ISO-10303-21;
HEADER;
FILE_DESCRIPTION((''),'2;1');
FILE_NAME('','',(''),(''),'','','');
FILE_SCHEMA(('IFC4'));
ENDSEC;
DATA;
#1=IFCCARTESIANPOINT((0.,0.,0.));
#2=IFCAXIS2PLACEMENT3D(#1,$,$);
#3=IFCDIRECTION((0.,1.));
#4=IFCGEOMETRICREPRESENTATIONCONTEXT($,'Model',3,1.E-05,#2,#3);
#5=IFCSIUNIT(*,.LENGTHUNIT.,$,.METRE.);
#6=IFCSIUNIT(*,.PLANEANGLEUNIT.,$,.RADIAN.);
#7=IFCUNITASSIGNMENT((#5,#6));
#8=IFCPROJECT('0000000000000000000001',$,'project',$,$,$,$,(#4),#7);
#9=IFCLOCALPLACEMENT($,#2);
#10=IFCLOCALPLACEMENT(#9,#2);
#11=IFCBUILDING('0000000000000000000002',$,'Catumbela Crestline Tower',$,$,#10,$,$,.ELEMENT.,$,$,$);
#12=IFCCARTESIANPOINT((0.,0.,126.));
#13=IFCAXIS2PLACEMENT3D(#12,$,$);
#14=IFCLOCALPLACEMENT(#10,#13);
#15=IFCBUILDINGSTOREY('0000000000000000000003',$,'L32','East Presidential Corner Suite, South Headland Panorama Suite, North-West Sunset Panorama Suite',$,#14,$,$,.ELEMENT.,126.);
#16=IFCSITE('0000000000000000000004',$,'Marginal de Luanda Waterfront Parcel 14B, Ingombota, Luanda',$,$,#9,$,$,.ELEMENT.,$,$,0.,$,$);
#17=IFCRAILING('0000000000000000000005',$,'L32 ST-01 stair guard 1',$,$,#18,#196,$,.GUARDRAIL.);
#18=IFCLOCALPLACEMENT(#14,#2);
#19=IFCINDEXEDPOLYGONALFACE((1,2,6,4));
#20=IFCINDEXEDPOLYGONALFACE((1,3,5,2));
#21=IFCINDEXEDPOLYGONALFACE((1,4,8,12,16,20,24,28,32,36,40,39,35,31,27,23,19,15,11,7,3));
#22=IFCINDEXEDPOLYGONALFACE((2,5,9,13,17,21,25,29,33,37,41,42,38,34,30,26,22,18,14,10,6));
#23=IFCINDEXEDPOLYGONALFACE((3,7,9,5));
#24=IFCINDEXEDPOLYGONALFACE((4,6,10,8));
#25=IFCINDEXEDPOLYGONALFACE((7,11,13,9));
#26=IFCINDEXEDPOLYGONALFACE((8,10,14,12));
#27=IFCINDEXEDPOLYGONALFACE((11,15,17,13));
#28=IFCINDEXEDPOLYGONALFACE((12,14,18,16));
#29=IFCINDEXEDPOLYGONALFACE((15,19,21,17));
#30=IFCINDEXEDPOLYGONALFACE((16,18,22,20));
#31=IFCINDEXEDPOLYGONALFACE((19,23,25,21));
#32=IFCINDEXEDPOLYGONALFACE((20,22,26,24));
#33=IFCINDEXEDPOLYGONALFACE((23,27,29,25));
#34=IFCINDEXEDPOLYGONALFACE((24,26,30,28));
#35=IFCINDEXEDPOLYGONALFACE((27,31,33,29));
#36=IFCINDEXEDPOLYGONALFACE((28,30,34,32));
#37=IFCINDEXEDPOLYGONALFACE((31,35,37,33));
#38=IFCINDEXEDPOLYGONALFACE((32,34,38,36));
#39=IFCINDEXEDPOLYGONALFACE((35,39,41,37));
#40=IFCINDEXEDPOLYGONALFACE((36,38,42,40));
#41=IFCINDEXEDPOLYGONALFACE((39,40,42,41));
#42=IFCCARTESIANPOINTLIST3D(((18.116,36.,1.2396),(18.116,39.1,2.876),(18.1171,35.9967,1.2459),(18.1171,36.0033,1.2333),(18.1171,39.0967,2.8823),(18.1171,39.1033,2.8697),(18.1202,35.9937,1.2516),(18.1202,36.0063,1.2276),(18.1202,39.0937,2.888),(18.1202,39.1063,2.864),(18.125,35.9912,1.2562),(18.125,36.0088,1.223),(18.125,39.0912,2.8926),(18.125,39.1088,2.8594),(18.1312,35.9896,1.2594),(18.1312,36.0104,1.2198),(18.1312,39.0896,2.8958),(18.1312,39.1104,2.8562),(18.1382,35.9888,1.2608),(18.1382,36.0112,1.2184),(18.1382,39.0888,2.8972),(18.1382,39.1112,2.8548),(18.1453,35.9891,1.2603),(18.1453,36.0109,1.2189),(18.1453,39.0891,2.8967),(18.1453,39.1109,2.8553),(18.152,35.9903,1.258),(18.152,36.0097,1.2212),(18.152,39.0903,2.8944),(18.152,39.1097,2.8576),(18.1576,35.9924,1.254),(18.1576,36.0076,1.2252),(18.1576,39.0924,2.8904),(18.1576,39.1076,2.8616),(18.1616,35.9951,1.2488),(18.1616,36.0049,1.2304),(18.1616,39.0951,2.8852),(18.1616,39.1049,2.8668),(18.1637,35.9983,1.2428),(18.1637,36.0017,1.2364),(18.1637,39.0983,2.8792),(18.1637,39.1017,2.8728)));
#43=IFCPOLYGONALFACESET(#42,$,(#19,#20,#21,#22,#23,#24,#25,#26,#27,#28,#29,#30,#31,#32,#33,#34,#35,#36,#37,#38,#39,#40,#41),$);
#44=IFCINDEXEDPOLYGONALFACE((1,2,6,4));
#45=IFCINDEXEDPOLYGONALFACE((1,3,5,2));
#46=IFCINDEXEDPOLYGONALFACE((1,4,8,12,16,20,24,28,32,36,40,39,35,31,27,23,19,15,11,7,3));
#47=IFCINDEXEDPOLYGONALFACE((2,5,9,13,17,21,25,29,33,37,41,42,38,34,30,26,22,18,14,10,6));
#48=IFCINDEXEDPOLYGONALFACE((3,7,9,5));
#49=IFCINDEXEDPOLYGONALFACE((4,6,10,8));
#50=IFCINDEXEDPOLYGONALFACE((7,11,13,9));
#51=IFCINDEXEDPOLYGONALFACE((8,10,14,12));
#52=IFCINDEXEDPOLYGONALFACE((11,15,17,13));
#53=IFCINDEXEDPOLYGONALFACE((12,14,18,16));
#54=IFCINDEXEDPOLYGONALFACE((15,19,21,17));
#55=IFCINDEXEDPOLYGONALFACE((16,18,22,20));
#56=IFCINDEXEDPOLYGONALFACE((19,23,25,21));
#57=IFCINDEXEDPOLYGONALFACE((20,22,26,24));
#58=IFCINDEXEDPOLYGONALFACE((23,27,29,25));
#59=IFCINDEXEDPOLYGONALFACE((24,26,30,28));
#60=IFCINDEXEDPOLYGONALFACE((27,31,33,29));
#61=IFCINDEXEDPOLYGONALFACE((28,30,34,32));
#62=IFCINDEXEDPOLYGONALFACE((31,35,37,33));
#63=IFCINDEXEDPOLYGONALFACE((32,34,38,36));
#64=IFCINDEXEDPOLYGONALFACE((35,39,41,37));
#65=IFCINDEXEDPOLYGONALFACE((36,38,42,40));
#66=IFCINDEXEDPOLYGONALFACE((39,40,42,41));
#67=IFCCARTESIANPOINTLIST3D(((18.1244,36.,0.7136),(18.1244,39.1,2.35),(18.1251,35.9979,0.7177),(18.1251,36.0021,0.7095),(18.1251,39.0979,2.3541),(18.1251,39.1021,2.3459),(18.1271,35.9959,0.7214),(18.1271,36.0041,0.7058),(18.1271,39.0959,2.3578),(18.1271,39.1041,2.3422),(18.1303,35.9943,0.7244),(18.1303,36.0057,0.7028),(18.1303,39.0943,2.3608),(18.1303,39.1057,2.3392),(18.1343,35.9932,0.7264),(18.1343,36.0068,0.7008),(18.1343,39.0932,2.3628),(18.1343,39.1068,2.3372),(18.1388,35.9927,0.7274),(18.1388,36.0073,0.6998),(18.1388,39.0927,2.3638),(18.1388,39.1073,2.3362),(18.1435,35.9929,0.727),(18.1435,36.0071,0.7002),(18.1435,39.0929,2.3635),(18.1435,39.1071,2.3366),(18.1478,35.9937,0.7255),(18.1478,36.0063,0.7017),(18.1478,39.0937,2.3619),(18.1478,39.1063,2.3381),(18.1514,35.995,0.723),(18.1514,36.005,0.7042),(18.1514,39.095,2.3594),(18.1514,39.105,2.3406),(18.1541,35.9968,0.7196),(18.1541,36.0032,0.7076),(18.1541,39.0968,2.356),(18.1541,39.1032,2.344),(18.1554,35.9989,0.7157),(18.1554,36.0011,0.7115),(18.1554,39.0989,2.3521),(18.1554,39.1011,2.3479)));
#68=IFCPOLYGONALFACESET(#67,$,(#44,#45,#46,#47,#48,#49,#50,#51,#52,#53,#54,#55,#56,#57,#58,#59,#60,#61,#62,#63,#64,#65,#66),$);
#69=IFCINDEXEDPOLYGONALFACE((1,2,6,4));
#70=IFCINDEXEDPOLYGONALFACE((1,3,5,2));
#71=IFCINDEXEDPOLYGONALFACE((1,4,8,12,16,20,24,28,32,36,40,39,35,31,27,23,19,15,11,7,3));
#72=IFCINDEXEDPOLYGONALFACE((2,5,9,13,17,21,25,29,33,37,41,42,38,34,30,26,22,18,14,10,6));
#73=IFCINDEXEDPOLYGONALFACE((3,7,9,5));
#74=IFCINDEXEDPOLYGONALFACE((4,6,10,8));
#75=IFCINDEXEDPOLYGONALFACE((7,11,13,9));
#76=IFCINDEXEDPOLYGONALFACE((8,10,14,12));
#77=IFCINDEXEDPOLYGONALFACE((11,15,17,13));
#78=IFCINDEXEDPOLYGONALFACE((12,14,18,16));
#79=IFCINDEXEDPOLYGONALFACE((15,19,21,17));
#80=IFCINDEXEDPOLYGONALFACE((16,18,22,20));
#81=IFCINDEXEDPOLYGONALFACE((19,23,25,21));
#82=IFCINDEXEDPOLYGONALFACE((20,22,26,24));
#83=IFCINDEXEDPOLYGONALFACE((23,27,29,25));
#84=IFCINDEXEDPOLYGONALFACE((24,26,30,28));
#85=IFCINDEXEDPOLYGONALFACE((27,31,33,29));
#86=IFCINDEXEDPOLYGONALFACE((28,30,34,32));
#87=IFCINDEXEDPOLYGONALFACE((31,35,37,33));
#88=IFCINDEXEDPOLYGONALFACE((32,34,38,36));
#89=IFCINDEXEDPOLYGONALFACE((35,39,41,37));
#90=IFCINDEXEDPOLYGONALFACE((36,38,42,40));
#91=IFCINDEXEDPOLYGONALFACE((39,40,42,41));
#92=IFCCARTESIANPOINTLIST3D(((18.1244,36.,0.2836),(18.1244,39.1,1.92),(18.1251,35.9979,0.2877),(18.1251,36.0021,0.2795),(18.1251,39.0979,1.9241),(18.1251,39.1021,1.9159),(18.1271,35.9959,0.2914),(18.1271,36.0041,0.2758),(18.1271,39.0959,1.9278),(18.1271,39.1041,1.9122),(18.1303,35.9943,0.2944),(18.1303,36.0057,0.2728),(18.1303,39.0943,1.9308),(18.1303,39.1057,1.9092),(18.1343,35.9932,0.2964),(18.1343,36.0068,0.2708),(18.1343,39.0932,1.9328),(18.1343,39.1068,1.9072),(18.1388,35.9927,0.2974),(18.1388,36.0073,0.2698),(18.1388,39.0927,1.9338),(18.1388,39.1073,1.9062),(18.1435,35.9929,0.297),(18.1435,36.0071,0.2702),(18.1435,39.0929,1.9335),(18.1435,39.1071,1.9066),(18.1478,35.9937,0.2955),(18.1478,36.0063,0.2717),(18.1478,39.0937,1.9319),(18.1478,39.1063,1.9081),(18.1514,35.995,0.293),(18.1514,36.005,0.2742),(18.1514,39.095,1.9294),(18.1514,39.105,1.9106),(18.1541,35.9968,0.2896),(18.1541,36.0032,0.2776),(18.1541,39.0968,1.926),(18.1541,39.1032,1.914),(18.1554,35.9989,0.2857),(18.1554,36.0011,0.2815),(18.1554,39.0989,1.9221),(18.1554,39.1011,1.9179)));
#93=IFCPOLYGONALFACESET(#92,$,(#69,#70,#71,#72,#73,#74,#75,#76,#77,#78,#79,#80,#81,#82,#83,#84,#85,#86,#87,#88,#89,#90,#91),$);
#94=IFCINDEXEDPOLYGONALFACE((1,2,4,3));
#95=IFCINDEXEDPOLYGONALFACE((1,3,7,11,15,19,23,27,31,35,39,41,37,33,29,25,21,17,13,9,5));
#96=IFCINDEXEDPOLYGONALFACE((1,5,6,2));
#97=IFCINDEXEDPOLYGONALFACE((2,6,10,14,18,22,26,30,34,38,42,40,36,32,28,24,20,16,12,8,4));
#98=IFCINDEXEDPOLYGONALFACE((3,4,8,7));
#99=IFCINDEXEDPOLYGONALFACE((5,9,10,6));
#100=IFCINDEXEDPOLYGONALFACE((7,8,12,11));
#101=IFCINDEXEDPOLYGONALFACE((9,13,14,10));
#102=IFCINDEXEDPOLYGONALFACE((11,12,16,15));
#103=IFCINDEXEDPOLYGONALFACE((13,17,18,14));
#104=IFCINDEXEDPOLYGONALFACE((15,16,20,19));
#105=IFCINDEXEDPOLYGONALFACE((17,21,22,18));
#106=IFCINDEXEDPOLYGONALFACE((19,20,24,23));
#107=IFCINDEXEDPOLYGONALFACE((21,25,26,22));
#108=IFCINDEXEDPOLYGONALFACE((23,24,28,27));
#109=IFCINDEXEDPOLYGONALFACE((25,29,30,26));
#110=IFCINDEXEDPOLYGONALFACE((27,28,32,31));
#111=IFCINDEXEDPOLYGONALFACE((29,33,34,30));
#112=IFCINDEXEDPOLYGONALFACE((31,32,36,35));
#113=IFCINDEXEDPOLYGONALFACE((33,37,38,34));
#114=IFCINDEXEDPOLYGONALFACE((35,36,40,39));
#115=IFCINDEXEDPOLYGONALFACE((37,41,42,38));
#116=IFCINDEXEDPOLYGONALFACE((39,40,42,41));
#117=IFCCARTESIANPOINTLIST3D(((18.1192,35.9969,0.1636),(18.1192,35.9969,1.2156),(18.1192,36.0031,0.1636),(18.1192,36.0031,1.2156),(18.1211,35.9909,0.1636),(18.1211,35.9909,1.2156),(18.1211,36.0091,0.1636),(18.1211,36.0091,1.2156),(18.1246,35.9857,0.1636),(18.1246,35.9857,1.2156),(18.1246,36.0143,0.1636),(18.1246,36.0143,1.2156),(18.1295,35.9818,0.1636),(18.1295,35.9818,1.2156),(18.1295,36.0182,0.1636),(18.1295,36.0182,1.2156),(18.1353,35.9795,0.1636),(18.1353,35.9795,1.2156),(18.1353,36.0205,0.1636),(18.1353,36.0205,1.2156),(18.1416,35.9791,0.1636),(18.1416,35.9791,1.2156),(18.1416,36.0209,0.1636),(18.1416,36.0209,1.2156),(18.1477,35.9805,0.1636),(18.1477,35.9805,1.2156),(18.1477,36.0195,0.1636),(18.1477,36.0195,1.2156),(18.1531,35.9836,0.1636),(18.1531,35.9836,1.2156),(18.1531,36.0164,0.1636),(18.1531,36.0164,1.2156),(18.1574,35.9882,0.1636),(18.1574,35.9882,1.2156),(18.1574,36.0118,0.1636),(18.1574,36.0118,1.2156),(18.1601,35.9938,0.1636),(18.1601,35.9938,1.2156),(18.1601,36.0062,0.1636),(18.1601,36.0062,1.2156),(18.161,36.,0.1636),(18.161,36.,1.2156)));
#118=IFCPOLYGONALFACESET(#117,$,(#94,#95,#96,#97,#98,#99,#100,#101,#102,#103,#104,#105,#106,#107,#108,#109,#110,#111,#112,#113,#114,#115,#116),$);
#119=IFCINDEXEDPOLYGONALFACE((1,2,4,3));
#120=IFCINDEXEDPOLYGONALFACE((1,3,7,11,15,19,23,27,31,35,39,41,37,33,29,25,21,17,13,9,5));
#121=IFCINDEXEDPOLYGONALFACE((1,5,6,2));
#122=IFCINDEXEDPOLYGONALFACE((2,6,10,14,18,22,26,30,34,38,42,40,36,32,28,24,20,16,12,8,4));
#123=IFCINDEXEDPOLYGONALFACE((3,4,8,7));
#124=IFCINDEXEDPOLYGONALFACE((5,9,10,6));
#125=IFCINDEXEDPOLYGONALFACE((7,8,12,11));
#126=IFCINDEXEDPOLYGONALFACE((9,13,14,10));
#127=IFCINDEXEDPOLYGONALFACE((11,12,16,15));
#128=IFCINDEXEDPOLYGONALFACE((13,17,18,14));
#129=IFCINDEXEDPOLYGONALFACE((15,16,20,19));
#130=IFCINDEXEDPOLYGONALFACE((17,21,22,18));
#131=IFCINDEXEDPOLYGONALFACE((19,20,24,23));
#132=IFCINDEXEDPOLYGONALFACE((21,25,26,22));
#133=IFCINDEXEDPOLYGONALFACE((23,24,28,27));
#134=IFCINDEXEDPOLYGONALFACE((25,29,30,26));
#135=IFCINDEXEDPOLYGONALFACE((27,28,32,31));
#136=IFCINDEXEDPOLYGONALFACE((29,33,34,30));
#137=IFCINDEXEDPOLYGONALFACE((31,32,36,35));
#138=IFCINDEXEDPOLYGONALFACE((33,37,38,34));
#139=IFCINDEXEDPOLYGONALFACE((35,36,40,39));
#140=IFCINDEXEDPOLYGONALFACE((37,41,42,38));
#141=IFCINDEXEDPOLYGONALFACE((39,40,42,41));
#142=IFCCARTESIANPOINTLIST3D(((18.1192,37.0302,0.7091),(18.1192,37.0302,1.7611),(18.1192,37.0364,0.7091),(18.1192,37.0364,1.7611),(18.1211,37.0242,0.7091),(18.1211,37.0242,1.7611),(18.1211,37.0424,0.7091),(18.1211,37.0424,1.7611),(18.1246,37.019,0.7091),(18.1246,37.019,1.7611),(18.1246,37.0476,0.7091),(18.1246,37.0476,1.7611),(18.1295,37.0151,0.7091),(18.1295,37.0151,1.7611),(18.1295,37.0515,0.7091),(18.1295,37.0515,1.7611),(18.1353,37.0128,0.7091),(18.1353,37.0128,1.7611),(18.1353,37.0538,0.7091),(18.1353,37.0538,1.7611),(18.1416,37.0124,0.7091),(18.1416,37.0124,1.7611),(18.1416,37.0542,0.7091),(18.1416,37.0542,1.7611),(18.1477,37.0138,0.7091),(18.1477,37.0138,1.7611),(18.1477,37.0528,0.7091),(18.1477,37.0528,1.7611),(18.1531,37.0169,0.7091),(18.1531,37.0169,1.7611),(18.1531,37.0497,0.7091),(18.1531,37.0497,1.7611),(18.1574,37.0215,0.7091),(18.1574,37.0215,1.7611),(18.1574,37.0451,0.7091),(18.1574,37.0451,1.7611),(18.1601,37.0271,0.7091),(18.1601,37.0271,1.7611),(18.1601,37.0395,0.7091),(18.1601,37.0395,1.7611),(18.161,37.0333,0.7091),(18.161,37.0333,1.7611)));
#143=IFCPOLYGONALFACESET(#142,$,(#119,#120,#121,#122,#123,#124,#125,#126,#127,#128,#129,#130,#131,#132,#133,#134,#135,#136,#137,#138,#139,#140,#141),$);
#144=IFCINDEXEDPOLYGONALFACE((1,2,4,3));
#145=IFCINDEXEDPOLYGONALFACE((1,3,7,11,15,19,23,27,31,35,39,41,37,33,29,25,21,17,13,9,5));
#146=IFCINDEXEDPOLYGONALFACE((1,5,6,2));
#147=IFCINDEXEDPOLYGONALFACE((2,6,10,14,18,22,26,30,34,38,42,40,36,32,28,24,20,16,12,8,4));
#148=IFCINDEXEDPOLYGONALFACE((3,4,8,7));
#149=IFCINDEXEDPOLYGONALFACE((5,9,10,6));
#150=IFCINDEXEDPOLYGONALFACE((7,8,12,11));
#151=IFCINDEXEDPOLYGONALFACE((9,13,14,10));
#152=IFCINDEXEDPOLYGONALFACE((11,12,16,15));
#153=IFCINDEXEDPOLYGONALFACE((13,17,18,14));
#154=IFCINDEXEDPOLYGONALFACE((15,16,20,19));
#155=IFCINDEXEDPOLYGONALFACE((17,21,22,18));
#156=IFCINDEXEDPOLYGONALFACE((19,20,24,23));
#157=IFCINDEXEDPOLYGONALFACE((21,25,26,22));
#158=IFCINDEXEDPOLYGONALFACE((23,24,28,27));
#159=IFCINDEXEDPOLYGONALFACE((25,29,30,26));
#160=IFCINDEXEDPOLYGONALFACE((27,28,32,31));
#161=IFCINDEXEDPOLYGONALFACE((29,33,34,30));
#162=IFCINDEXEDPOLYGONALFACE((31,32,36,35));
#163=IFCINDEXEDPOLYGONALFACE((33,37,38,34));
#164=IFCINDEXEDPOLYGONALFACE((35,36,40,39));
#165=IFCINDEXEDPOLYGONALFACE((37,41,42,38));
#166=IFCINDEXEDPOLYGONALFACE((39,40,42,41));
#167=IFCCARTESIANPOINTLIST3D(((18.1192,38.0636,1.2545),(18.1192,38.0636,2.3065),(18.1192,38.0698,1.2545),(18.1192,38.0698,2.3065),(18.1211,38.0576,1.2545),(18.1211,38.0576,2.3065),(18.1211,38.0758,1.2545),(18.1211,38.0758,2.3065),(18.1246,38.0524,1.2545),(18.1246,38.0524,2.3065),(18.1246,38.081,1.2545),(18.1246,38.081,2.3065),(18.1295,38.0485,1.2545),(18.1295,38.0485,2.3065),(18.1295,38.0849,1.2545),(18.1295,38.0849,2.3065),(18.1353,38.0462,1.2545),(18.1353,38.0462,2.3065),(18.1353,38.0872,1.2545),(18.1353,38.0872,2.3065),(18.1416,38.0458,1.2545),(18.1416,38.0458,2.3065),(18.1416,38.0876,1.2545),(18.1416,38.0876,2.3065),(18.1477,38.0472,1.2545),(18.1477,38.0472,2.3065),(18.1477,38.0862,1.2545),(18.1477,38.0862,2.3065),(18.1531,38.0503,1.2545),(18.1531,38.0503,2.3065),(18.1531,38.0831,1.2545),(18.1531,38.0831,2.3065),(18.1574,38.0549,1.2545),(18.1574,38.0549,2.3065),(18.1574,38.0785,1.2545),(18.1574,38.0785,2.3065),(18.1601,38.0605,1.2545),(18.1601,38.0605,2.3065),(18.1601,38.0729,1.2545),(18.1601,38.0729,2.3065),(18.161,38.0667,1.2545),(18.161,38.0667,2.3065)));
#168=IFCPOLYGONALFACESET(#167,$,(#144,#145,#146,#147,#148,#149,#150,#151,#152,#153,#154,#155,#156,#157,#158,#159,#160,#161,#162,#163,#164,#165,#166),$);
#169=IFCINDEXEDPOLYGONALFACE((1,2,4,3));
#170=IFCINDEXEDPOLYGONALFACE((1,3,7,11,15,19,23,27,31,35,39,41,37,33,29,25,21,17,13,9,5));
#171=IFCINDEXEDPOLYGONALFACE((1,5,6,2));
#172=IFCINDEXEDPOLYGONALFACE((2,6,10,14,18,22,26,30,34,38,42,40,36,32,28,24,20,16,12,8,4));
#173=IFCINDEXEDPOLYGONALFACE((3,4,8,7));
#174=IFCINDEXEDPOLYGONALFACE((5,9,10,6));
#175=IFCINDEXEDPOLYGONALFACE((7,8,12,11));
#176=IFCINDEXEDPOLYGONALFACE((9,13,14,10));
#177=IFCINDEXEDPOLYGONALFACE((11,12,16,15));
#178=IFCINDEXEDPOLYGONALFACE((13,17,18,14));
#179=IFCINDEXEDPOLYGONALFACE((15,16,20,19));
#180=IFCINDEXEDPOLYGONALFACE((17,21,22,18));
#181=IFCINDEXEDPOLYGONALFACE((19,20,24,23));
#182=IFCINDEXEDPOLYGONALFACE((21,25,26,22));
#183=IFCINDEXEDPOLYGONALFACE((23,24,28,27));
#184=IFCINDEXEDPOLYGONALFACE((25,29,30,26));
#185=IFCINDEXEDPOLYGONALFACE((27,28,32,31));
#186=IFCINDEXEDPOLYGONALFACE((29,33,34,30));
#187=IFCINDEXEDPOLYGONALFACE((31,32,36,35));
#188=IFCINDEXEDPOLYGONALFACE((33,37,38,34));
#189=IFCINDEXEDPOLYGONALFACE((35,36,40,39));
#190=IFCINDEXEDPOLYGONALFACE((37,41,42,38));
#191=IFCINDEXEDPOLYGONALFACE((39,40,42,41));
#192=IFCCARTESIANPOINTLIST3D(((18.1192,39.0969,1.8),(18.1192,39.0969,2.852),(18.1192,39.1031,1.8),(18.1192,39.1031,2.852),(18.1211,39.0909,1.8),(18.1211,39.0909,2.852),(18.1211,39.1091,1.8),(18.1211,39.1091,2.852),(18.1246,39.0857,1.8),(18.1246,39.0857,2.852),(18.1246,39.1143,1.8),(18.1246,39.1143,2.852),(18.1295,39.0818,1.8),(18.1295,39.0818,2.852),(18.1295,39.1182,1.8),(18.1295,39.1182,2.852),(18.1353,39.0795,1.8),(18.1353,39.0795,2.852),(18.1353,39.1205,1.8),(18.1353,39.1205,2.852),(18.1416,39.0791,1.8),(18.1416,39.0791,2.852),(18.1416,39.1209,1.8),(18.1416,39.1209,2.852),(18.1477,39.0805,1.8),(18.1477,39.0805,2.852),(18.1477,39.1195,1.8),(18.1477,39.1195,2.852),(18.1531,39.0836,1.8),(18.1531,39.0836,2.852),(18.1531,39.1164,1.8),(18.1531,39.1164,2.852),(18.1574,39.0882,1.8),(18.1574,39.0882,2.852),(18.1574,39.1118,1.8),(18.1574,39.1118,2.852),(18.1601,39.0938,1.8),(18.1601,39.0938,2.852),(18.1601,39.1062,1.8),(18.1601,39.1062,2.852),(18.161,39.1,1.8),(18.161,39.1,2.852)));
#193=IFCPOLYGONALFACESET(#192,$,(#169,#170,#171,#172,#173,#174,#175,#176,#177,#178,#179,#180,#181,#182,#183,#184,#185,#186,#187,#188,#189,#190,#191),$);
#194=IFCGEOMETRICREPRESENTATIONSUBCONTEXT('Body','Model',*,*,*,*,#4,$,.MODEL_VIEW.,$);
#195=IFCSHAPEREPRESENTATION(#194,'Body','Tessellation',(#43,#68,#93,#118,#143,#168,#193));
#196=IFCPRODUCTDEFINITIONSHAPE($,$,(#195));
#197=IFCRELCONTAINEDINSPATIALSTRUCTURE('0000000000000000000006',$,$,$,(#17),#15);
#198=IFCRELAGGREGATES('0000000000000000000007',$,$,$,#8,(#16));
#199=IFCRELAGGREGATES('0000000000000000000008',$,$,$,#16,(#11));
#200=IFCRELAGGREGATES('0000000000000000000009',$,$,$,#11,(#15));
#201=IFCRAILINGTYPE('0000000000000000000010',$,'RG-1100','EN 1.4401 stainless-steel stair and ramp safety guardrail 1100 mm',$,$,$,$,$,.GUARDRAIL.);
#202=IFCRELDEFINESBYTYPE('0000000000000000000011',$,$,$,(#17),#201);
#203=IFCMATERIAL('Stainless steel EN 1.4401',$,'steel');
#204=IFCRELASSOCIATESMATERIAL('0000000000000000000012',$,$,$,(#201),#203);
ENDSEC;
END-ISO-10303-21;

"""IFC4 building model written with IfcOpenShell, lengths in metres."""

from ifc_helpers import new_model, si_unit, direction, frame, origin, origin_2d, place, context, subcontext, project, spatial, circle, extrude, material, type_object, element, save


model = new_model("IFC4")

# Units and contexts
model_context = context("Model", 3, precision=1e-05, world=origin(), true_north=direction((0.0, 1.0)))
body_context = subcontext(model_context, "Body", "Model", "MODEL_VIEW")
ifc_project = project(units=[si_unit("LENGTHUNIT", "METRE"), si_unit("PLANEANGLEUNIT", "RADIAN")], contexts=[model_context])

# Site, building, storey
site_placement = place(None, origin())
site = spatial("IfcSite", under=ifc_project, at=site_placement, Name="Marginal de Luanda Waterfront Parcel 14B, Ingombota, Luanda", CompositionType="ELEMENT", RefElevation=0.0)
building_placement = place(site_placement, origin())
building = spatial("IfcBuilding", under=site, at=building_placement, Name="Catumbela Crestline Tower", CompositionType="ELEMENT")
storey_placement = place(building_placement, frame((0.0, 0.0, 126.0)))
storey = spatial("IfcBuildingStorey", under=building, at=storey_placement, Name="L32", Description="East Presidential Corner Suite, South Headland Panorama Suite, North-West Sunset Panorama Suite", CompositionType="ELEMENT", Elevation=126.0)

# Railing
ifc_material_1 = material(Name="Stainless steel EN 1.4401", Category="steel")
railing_type_1 = type_object("IfcRailingType", Name="RG-1100", Description="EN 1.4401 stainless-steel stair and ramp safety guardrail 1100 mm", PredefinedType="GUARDRAIL", material=ifc_material_1)
railing_1_placement = place(storey_placement, frame((18.14, 36.0, 0.1636)))
element("IfcRailing", 1, at=railing_1_placement, inside=storey, type_object=railing_type_1, Name="L32 ST-01 stair guard 1", PredefinedType="GUARDRAIL", context=body_context, shape_type="SweptSolid", body=[
    extrude(circle(Radius=0.024, at=origin_2d()), frame((0.0, 0.0, 1.076), z_axis=(0.0, 0.884351, 0.466823), x_axis=(-1.0, 0.0, 0.0)), (0.0, 0.0, 1.0), 3.5054),
    extrude(circle(Radius=0.0156, at=origin_2d()), frame((0.0, 0.0, 0.55), z_axis=(0.0, 0.884351, 0.466823), x_axis=(-1.0, 0.0, 0.0)), (0.0, 0.0, 1.0), 3.5054),
    extrude(circle(Radius=0.0156, at=origin_2d()), frame((0.0, 0.0, 0.12), z_axis=(0.0, 0.884351, 0.466823), x_axis=(-1.0, 0.0, 0.0)), (0.0, 0.0, 1.0), 3.5054),
    extrude(circle(Radius=0.021, at=origin_2d()), origin(), (0.0, 0.0, 1.0), 1.052),
    extrude(circle(Radius=0.021, at=origin_2d()), frame((0.0, 1.0333, 0.5455)), (0.0, 0.0, 1.0), 1.052),
    extrude(circle(Radius=0.021, at=origin_2d()), frame((0.0, 2.0667, 1.0909)), (0.0, 0.0, 1.0), 1.052),
    extrude(circle(Radius=0.021, at=origin_2d()), frame((0.0, 3.1, 1.6364)), (0.0, 0.0, 1.0), 1.052),
])

save(model, "model.ifc")
